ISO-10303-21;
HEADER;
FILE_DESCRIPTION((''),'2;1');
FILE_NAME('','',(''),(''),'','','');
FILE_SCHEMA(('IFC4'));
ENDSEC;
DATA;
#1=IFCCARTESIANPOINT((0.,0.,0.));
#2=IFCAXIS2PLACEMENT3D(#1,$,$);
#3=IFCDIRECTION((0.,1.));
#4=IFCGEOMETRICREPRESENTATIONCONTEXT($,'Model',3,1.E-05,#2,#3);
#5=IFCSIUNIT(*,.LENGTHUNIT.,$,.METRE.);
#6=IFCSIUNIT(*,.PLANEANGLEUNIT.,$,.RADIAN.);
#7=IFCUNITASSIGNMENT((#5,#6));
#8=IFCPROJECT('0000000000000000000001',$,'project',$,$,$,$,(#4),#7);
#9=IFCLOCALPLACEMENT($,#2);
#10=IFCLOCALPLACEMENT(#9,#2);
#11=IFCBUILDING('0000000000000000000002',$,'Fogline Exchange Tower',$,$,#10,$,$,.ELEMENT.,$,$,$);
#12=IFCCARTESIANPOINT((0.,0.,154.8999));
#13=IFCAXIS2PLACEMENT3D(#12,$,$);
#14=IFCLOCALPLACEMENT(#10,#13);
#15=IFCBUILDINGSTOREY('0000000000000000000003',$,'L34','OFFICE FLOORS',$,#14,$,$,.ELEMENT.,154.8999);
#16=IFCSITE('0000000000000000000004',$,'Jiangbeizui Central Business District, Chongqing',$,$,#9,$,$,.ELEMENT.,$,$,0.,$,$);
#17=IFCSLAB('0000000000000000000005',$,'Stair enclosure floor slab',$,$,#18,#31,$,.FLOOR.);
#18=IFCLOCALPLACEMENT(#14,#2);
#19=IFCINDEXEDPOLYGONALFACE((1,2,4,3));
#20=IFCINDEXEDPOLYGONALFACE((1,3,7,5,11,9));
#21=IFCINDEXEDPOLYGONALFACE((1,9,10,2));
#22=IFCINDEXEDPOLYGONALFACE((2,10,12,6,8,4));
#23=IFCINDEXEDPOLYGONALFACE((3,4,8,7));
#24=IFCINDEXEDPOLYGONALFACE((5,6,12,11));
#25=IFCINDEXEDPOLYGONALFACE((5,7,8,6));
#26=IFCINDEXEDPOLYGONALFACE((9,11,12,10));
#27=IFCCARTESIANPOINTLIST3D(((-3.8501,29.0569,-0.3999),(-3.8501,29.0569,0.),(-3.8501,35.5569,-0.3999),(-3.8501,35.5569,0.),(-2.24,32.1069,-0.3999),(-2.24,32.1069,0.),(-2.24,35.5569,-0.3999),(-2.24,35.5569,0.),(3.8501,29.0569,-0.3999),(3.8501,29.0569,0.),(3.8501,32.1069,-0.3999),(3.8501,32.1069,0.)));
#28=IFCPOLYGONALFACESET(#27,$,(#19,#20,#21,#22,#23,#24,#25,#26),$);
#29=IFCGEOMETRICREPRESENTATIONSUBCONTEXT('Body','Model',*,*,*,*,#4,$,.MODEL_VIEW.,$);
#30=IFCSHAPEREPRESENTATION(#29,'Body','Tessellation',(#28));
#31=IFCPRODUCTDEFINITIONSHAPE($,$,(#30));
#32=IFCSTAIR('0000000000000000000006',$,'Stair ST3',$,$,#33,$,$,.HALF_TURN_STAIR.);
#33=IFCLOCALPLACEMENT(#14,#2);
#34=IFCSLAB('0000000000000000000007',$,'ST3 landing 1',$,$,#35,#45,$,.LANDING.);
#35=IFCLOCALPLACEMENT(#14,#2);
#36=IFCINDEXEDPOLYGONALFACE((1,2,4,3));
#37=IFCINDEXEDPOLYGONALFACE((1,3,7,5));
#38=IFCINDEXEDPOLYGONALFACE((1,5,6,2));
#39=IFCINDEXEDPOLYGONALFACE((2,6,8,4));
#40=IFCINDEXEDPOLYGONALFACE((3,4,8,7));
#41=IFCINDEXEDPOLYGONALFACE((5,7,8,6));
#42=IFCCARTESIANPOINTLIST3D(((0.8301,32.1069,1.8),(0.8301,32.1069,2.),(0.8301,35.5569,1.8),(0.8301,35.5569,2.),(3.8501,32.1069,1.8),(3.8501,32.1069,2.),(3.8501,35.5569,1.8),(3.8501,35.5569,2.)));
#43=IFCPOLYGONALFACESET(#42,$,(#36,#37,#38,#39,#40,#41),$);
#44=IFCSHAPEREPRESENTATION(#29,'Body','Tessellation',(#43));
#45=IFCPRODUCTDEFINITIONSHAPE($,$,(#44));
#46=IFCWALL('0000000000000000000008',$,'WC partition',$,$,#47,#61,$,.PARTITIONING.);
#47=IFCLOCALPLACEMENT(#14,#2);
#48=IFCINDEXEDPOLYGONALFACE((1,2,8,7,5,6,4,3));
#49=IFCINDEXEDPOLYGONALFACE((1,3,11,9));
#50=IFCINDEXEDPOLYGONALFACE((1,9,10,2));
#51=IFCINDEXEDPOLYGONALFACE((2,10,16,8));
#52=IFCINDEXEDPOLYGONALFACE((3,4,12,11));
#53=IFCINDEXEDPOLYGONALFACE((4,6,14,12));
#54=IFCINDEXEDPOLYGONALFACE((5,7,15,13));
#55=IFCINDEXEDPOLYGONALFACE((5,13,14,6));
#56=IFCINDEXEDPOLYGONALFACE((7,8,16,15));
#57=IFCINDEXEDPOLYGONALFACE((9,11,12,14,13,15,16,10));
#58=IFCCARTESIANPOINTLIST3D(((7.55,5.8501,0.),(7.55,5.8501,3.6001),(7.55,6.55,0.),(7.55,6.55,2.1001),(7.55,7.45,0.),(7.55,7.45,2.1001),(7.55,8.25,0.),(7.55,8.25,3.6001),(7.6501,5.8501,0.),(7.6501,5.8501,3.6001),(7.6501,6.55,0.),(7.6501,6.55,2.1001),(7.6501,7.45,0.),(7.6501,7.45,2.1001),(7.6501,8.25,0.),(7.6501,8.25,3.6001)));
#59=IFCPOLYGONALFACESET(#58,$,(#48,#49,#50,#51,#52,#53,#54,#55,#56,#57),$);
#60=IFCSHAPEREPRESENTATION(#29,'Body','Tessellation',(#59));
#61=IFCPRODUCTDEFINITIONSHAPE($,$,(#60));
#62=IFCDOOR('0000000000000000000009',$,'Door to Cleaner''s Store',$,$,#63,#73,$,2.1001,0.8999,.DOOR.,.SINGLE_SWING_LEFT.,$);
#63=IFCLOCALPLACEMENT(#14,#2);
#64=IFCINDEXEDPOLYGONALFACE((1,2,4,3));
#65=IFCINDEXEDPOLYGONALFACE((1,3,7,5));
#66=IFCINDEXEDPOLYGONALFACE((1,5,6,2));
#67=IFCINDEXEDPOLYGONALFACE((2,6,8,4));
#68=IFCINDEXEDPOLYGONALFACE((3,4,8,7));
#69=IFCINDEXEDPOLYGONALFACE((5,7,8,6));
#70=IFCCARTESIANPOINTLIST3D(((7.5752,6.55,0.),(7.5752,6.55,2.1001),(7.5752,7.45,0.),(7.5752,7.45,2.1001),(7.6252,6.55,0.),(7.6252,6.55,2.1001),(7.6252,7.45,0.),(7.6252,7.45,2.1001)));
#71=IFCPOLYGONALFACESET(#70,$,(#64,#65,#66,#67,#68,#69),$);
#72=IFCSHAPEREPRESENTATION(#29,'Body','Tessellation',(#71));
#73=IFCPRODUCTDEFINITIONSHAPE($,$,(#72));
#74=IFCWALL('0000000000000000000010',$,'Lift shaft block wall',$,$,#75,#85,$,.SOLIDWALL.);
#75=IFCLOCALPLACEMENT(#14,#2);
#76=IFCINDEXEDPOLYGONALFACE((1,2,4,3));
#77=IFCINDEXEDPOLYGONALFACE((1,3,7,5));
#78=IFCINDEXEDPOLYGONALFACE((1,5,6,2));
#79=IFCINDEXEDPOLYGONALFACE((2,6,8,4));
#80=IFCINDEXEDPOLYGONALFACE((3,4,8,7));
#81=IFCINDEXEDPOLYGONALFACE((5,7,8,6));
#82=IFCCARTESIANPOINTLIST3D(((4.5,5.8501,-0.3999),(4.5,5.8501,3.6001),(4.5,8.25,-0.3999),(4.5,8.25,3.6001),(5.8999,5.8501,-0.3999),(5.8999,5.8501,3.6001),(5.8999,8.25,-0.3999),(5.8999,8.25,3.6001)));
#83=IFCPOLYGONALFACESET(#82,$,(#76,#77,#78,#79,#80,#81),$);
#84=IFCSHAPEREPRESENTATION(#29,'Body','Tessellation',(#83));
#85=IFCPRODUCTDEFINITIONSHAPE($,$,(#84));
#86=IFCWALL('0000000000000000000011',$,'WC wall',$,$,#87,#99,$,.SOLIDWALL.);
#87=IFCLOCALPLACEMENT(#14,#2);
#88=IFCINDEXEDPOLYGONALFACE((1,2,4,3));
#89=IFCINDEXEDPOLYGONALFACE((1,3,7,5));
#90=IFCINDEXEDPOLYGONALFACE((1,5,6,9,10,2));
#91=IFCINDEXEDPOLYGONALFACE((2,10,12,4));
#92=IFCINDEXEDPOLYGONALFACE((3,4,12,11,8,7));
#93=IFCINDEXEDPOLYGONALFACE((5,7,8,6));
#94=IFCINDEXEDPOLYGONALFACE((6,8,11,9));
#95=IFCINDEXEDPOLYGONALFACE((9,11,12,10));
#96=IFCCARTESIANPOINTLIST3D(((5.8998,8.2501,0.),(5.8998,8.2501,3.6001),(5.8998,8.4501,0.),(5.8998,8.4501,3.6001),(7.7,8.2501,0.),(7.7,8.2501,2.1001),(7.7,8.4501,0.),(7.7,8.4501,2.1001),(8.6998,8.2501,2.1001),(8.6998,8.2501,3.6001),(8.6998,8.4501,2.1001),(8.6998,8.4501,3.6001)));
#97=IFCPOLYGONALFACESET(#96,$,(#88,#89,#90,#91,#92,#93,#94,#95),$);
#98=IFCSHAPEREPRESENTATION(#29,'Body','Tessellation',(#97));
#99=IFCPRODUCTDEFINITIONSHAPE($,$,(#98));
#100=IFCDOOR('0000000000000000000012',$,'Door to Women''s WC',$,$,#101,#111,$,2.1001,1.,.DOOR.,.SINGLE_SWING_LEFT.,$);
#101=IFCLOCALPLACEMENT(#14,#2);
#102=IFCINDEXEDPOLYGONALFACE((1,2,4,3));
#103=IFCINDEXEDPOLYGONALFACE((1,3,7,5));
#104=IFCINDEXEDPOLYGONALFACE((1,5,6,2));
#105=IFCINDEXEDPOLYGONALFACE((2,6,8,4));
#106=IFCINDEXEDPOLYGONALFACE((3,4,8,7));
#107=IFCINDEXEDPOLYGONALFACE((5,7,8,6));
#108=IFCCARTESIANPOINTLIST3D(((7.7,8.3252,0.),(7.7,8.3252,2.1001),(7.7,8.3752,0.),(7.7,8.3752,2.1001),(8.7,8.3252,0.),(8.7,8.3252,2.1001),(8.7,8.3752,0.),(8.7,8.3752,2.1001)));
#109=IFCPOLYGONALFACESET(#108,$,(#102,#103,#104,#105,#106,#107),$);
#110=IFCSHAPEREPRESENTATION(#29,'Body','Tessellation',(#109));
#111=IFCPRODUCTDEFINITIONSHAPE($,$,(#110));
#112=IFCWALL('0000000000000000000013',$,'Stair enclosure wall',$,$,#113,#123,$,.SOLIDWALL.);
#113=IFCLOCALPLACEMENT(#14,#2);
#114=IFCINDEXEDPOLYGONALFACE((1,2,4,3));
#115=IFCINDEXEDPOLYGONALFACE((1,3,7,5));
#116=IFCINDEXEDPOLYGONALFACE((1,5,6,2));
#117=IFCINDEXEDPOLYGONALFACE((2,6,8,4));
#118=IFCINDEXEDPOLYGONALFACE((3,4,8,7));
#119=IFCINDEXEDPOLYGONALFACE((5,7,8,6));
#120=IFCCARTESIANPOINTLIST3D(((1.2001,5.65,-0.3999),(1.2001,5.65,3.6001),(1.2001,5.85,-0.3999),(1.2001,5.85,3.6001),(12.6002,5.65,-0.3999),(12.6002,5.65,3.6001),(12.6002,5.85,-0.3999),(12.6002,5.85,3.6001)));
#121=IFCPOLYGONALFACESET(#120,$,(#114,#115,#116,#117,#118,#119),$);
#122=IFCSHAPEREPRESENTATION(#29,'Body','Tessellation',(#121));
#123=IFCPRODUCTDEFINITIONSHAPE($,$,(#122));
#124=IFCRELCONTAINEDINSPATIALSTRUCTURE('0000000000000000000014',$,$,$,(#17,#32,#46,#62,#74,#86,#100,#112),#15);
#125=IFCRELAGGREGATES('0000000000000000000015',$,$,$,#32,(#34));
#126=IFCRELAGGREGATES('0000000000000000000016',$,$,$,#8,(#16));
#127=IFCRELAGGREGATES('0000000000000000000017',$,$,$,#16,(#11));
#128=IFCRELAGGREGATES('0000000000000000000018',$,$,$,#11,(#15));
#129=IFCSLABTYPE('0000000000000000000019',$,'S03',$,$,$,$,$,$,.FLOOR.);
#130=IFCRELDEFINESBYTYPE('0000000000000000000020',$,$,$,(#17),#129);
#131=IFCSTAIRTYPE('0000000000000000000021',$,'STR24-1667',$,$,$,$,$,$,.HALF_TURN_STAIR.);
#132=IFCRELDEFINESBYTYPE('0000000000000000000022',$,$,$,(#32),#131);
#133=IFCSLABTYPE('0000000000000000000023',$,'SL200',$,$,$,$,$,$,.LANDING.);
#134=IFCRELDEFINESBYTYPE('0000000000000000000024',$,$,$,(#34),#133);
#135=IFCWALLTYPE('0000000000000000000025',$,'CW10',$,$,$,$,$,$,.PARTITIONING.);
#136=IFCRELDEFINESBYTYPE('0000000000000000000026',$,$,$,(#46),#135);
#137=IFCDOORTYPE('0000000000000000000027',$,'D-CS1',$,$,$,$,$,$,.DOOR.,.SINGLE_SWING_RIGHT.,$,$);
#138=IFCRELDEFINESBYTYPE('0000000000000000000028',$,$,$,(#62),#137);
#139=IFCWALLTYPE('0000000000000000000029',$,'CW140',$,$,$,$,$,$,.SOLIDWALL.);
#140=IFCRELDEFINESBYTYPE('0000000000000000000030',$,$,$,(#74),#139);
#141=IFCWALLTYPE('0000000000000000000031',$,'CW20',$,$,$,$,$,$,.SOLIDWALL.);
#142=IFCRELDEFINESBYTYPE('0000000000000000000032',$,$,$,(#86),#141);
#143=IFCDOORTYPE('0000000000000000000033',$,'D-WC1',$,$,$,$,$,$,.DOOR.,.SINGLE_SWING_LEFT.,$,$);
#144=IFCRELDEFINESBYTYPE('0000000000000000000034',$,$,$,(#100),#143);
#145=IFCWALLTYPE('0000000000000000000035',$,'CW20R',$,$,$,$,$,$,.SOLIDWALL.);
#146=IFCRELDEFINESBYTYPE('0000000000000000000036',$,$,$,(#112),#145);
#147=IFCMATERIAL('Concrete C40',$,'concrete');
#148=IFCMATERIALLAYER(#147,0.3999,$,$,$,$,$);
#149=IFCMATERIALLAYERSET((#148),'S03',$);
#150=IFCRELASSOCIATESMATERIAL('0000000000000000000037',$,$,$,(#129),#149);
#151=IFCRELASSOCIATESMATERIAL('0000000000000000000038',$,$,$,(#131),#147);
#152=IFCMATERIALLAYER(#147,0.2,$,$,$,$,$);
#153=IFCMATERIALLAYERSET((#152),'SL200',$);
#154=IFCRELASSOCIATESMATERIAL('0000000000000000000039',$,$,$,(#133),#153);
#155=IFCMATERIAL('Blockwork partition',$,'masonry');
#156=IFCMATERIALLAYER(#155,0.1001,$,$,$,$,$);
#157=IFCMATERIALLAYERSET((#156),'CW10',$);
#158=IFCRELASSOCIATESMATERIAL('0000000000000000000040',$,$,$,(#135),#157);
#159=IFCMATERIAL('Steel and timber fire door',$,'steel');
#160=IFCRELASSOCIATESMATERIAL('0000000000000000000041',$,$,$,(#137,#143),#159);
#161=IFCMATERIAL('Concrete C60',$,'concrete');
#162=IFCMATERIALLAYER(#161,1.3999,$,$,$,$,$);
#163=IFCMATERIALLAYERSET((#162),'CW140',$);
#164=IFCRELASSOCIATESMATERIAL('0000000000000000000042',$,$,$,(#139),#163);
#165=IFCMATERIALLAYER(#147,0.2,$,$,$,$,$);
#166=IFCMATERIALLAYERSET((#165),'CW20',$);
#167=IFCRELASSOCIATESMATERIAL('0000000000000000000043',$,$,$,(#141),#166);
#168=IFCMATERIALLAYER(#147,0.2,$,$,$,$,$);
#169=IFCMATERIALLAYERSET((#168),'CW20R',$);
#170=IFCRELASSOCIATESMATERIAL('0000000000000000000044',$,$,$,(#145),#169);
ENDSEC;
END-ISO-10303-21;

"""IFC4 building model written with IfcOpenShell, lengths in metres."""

from ifc_helpers import new_model, si_unit, direction, frame, frame_2d, origin, place, context, subcontext, project, spatial, polyline, rectangle, outline, extrude, material, layer, layer_set, type_object, element, fill, aggregate, save


model = new_model("IFC4")

# Units and contexts
model_context = context("Model", 3, precision=1e-05, world=origin(), true_north=direction((0.0, 1.0)))
body_context = subcontext(model_context, "Body", "Model", "MODEL_VIEW")
ifc_project = project(units=[si_unit("LENGTHUNIT", "METRE"), si_unit("PLANEANGLEUNIT", "RADIAN")], contexts=[model_context])

# Site, building, storey
site_placement = place(None, origin())
site = spatial("IfcSite", under=ifc_project, at=site_placement, Name="Jiangbeizui Central Business District, Chongqing", CompositionType="ELEMENT", RefElevation=0.0)
building_placement = place(site_placement, origin())
building = spatial("IfcBuilding", under=site, at=building_placement, Name="Fogline Exchange Tower", CompositionType="ELEMENT")
storey_placement = place(building_placement, frame((0.0, 0.0, 154.8999)))
storey = spatial("IfcBuildingStorey", under=building, at=storey_placement, Name="L34", Description="OFFICE FLOORS", CompositionType="ELEMENT", Elevation=154.8999)

# Slab
ifc_material_1 = material(Name="Concrete C40", Category="concrete")
ifc_layer_1 = layer(ifc_material_1, 0.3999)
ifc_layer_set_1 = layer_set([ifc_layer_1], Name="S03")
slab_type_1 = type_object("IfcSlabType", Name="S03", PredefinedType="FLOOR", material=ifc_layer_set_1)
slab_1_placement = place(storey_placement, frame((0.0, 0.0, -0.3999)))
element("IfcSlab", 1, at=slab_1_placement, inside=storey, type_object=slab_type_1, Name="Stair enclosure floor slab", PredefinedType="FLOOR", context=body_context, shape_type="SweptSolid", body=[
    extrude(outline(polyline([(3.8501, 29.0569), (-3.8501, 29.0569), (-3.8501, 35.5569), (-2.24, 35.5569), (-2.24, 32.1069), (3.8501, 32.1069), (3.8501, 29.0569)])), origin(), (0.0, 0.0, 1.0), 0.3999),
])

# Stair, slab
stair_type = type_object("IfcStairType", Name="STR24-1667", PredefinedType="HALF_TURN_STAIR", material=ifc_material_1)
stair_1_placement = place(storey_placement, origin())
stair_1 = element("IfcStair", 2, at=stair_1_placement, inside=storey, type_object=stair_type, Name="Stair ST3", PredefinedType="HALF_TURN_STAIR")
ifc_layer_2 = layer(ifc_material_1, 0.2)
ifc_layer_set_2 = layer_set([ifc_layer_2], Name="SL200")
slab_type_2 = type_object("IfcSlabType", Name="SL200", PredefinedType="LANDING", material=ifc_layer_set_2)
slab_2_placement = place(storey_placement, frame((0.0, 0.0, 1.8)))
slab_2 = element("IfcSlab", 3, at=slab_2_placement, type_object=slab_type_2, Name="ST3 landing 1", PredefinedType="LANDING", context=body_context, shape_type="SweptSolid", body=[
    extrude(outline(polyline([(0.8301, 32.1069), (3.8501, 32.1069), (3.8501, 35.5569), (0.8301, 35.5569), (0.8301, 32.1069)])), origin(), (0.0, 0.0, 1.0), 0.2),
])
aggregate(stair_1, [slab_2])

# Wall, opening, door
ifc_material_2 = material(Name="Blockwork partition", Category="masonry")
ifc_layer_3 = layer(ifc_material_2, 0.1001)
ifc_layer_set_3 = layer_set([ifc_layer_3], Name="CW10")
wall_type_1 = type_object("IfcWallType", Name="CW10", PredefinedType="PARTITIONING", material=ifc_layer_set_3)
wall_1_placement = place(storey_placement, frame((7.6001, 5.8501, 0.0), z_axis=(0.0, 0.0, 1.0), x_axis=(0.0, 1.0, 0.0)))
wall_1 = element("IfcWall", 4, at=wall_1_placement, inside=storey, type_object=wall_type_1, Name="WC partition", PredefinedType="PARTITIONING", context=body_context, shape_type="SweptSolid", body=[
    extrude(rectangle(XDim=2.3999, YDim=0.1001, at=frame_2d((1.2, 0.0))), origin(), (0.0, 0.0, 1.0), 3.6001),
])
opening_1_placement = place(wall_1_placement, frame((0.7, 0.0, 0.0)))
opening_1 = element("IfcOpeningElement", 5, at=opening_1_placement, cuts=wall_1, PredefinedType="OPENING", context=body_context, shape_type="SweptSolid", body=[
    extrude(rectangle(XDim=0.8999, YDim=2.1001, at=frame_2d((0.45, 1.05))), frame((0.0, 0.0601, 0.0), z_axis=(0.0, -1.0, 0.0), x_axis=(1.0, 0.0, 0.0)), (0.0, 0.0, 1.0), 0.1201),
])
ifc_material_3 = material(Name="Steel and timber fire door", Category="steel")
door_type_1 = type_object("IfcDoorType", Name="D-CS1", OperationType="SINGLE_SWING_RIGHT", PredefinedType="DOOR", material=ifc_material_3)
door_1_placement = place(opening_1_placement, origin())
door_1 = element("IfcDoor", 6, at=door_1_placement, inside=storey, type_object=door_type_1, Name="Door to Cleaner's Store", OperationType="SINGLE_SWING_LEFT", OverallHeight=2.1001, OverallWidth=0.8999, PredefinedType="DOOR", context=body_context, shape_type="SweptSolid", body=[
    extrude(rectangle(XDim=0.8999, YDim=2.1001, at=frame_2d((0.45, 1.05))), frame((0.0, 0.0249, 0.0), z_axis=(0.0, -1.0, 0.0), x_axis=(1.0, 0.0, 0.0)), (0.0, 0.0, 1.0), 0.05),
])
fill(opening_1, door_1)

# Wall
ifc_material_4 = material(Name="Concrete C60", Category="concrete")
ifc_layer_4 = layer(ifc_material_4, 1.3999)
ifc_layer_set_4 = layer_set([ifc_layer_4], Name="CW140")
wall_type_2 = type_object("IfcWallType", Name="CW140", PredefinedType="SOLIDWALL", material=ifc_layer_set_4)
wall_2_placement = place(storey_placement, frame((5.2, 5.8501, -0.3999), z_axis=(0.0, 0.0, 1.0), x_axis=(0.0, 1.0, 0.0)))
element("IfcWall", 7, at=wall_2_placement, inside=storey, type_object=wall_type_2, Name="Lift shaft block wall", PredefinedType="SOLIDWALL", context=body_context, shape_type="SweptSolid", body=[
    extrude(rectangle(XDim=2.3999, YDim=1.3999, at=frame_2d((1.2, 0.0))), origin(), (0.0, 0.0, 1.0), 4.0),
])

# Wall, opening, door
ifc_layer_5 = layer(ifc_material_1, 0.2)
ifc_layer_set_5 = layer_set([ifc_layer_5], Name="CW20")
wall_type_3 = type_object("IfcWallType", Name="CW20", PredefinedType="SOLIDWALL", material=ifc_layer_set_5)
wall_3_placement = place(storey_placement, frame((5.8999, 8.3501, 0.0), z_axis=(0.0, 0.0, 1.0), x_axis=(1.0, 0.0, 0.0)))
wall_3 = element("IfcWall", 8, at=wall_3_placement, inside=storey, type_object=wall_type_3, Name="WC wall", PredefinedType="SOLIDWALL", context=body_context, shape_type="SweptSolid", body=[
    extrude(rectangle(XDim=2.8, YDim=0.2, at=frame_2d((1.3999, 0.0))), origin(), (0.0, 0.0, 1.0), 3.6001),
])
opening_2_placement = place(wall_3_placement, frame((1.8, 0.0, 0.0)))
opening_2 = element("IfcOpeningElement", 9, at=opening_2_placement, cuts=wall_3, PredefinedType="OPENING", context=body_context, shape_type="SweptSolid", body=[
    extrude(rectangle(XDim=1.0, YDim=2.1001, at=frame_2d((0.5, 1.05))), frame((0.0, 0.1099, 0.0), z_axis=(0.0, -1.0, 0.0), x_axis=(1.0, 0.0, 0.0)), (0.0, 0.0, 1.0), 0.22),
])
door_type_2 = type_object("IfcDoorType", Name="D-WC1", OperationType="SINGLE_SWING_LEFT", PredefinedType="DOOR", material=ifc_material_3)
door_2_placement = place(opening_2_placement, frame((1.0, 0.0, 0.0), z_axis=(0.0, 0.0, 1.0), x_axis=(-1.0, 0.0, 0.0)))
door_2 = element("IfcDoor", 10, at=door_2_placement, inside=storey, type_object=door_type_2, Name="Door to Women's WC", OperationType="SINGLE_SWING_LEFT", OverallHeight=2.1001, OverallWidth=1.0, PredefinedType="DOOR", context=body_context, shape_type="SweptSolid", body=[
    extrude(rectangle(XDim=1.0, YDim=2.1001, at=frame_2d((0.5, 1.05))), frame((0.0, 0.0249, 0.0), z_axis=(0.0, -1.0, 0.0), x_axis=(1.0, 0.0, 0.0)), (0.0, 0.0, 1.0), 0.05),
])
fill(opening_2, door_2)

# Wall
ifc_layer_6 = layer(ifc_material_1, 0.2)
ifc_layer_set_6 = layer_set([ifc_layer_6], Name="CW20R")
wall_type_4 = type_object("IfcWallType", Name="CW20R", PredefinedType="SOLIDWALL", material=ifc_layer_set_6)
wall_4_placement = place(storey_placement, frame((1.2, 5.75, -0.3999), z_axis=(0.0, 0.0, 1.0), x_axis=(1.0, 0.0, 0.0)))
element("IfcWall", 11, at=wall_4_placement, inside=storey, type_object=wall_type_4, Name="Stair enclosure wall", PredefinedType="SOLIDWALL", context=body_context, shape_type="SweptSolid", body=[
    extrude(rectangle(XDim=11.4001, YDim=0.2, at=frame_2d((5.7002, 0.0))), origin(), (0.0, 0.0, 1.0), 4.0),
])

save(model, "model.ifc")
